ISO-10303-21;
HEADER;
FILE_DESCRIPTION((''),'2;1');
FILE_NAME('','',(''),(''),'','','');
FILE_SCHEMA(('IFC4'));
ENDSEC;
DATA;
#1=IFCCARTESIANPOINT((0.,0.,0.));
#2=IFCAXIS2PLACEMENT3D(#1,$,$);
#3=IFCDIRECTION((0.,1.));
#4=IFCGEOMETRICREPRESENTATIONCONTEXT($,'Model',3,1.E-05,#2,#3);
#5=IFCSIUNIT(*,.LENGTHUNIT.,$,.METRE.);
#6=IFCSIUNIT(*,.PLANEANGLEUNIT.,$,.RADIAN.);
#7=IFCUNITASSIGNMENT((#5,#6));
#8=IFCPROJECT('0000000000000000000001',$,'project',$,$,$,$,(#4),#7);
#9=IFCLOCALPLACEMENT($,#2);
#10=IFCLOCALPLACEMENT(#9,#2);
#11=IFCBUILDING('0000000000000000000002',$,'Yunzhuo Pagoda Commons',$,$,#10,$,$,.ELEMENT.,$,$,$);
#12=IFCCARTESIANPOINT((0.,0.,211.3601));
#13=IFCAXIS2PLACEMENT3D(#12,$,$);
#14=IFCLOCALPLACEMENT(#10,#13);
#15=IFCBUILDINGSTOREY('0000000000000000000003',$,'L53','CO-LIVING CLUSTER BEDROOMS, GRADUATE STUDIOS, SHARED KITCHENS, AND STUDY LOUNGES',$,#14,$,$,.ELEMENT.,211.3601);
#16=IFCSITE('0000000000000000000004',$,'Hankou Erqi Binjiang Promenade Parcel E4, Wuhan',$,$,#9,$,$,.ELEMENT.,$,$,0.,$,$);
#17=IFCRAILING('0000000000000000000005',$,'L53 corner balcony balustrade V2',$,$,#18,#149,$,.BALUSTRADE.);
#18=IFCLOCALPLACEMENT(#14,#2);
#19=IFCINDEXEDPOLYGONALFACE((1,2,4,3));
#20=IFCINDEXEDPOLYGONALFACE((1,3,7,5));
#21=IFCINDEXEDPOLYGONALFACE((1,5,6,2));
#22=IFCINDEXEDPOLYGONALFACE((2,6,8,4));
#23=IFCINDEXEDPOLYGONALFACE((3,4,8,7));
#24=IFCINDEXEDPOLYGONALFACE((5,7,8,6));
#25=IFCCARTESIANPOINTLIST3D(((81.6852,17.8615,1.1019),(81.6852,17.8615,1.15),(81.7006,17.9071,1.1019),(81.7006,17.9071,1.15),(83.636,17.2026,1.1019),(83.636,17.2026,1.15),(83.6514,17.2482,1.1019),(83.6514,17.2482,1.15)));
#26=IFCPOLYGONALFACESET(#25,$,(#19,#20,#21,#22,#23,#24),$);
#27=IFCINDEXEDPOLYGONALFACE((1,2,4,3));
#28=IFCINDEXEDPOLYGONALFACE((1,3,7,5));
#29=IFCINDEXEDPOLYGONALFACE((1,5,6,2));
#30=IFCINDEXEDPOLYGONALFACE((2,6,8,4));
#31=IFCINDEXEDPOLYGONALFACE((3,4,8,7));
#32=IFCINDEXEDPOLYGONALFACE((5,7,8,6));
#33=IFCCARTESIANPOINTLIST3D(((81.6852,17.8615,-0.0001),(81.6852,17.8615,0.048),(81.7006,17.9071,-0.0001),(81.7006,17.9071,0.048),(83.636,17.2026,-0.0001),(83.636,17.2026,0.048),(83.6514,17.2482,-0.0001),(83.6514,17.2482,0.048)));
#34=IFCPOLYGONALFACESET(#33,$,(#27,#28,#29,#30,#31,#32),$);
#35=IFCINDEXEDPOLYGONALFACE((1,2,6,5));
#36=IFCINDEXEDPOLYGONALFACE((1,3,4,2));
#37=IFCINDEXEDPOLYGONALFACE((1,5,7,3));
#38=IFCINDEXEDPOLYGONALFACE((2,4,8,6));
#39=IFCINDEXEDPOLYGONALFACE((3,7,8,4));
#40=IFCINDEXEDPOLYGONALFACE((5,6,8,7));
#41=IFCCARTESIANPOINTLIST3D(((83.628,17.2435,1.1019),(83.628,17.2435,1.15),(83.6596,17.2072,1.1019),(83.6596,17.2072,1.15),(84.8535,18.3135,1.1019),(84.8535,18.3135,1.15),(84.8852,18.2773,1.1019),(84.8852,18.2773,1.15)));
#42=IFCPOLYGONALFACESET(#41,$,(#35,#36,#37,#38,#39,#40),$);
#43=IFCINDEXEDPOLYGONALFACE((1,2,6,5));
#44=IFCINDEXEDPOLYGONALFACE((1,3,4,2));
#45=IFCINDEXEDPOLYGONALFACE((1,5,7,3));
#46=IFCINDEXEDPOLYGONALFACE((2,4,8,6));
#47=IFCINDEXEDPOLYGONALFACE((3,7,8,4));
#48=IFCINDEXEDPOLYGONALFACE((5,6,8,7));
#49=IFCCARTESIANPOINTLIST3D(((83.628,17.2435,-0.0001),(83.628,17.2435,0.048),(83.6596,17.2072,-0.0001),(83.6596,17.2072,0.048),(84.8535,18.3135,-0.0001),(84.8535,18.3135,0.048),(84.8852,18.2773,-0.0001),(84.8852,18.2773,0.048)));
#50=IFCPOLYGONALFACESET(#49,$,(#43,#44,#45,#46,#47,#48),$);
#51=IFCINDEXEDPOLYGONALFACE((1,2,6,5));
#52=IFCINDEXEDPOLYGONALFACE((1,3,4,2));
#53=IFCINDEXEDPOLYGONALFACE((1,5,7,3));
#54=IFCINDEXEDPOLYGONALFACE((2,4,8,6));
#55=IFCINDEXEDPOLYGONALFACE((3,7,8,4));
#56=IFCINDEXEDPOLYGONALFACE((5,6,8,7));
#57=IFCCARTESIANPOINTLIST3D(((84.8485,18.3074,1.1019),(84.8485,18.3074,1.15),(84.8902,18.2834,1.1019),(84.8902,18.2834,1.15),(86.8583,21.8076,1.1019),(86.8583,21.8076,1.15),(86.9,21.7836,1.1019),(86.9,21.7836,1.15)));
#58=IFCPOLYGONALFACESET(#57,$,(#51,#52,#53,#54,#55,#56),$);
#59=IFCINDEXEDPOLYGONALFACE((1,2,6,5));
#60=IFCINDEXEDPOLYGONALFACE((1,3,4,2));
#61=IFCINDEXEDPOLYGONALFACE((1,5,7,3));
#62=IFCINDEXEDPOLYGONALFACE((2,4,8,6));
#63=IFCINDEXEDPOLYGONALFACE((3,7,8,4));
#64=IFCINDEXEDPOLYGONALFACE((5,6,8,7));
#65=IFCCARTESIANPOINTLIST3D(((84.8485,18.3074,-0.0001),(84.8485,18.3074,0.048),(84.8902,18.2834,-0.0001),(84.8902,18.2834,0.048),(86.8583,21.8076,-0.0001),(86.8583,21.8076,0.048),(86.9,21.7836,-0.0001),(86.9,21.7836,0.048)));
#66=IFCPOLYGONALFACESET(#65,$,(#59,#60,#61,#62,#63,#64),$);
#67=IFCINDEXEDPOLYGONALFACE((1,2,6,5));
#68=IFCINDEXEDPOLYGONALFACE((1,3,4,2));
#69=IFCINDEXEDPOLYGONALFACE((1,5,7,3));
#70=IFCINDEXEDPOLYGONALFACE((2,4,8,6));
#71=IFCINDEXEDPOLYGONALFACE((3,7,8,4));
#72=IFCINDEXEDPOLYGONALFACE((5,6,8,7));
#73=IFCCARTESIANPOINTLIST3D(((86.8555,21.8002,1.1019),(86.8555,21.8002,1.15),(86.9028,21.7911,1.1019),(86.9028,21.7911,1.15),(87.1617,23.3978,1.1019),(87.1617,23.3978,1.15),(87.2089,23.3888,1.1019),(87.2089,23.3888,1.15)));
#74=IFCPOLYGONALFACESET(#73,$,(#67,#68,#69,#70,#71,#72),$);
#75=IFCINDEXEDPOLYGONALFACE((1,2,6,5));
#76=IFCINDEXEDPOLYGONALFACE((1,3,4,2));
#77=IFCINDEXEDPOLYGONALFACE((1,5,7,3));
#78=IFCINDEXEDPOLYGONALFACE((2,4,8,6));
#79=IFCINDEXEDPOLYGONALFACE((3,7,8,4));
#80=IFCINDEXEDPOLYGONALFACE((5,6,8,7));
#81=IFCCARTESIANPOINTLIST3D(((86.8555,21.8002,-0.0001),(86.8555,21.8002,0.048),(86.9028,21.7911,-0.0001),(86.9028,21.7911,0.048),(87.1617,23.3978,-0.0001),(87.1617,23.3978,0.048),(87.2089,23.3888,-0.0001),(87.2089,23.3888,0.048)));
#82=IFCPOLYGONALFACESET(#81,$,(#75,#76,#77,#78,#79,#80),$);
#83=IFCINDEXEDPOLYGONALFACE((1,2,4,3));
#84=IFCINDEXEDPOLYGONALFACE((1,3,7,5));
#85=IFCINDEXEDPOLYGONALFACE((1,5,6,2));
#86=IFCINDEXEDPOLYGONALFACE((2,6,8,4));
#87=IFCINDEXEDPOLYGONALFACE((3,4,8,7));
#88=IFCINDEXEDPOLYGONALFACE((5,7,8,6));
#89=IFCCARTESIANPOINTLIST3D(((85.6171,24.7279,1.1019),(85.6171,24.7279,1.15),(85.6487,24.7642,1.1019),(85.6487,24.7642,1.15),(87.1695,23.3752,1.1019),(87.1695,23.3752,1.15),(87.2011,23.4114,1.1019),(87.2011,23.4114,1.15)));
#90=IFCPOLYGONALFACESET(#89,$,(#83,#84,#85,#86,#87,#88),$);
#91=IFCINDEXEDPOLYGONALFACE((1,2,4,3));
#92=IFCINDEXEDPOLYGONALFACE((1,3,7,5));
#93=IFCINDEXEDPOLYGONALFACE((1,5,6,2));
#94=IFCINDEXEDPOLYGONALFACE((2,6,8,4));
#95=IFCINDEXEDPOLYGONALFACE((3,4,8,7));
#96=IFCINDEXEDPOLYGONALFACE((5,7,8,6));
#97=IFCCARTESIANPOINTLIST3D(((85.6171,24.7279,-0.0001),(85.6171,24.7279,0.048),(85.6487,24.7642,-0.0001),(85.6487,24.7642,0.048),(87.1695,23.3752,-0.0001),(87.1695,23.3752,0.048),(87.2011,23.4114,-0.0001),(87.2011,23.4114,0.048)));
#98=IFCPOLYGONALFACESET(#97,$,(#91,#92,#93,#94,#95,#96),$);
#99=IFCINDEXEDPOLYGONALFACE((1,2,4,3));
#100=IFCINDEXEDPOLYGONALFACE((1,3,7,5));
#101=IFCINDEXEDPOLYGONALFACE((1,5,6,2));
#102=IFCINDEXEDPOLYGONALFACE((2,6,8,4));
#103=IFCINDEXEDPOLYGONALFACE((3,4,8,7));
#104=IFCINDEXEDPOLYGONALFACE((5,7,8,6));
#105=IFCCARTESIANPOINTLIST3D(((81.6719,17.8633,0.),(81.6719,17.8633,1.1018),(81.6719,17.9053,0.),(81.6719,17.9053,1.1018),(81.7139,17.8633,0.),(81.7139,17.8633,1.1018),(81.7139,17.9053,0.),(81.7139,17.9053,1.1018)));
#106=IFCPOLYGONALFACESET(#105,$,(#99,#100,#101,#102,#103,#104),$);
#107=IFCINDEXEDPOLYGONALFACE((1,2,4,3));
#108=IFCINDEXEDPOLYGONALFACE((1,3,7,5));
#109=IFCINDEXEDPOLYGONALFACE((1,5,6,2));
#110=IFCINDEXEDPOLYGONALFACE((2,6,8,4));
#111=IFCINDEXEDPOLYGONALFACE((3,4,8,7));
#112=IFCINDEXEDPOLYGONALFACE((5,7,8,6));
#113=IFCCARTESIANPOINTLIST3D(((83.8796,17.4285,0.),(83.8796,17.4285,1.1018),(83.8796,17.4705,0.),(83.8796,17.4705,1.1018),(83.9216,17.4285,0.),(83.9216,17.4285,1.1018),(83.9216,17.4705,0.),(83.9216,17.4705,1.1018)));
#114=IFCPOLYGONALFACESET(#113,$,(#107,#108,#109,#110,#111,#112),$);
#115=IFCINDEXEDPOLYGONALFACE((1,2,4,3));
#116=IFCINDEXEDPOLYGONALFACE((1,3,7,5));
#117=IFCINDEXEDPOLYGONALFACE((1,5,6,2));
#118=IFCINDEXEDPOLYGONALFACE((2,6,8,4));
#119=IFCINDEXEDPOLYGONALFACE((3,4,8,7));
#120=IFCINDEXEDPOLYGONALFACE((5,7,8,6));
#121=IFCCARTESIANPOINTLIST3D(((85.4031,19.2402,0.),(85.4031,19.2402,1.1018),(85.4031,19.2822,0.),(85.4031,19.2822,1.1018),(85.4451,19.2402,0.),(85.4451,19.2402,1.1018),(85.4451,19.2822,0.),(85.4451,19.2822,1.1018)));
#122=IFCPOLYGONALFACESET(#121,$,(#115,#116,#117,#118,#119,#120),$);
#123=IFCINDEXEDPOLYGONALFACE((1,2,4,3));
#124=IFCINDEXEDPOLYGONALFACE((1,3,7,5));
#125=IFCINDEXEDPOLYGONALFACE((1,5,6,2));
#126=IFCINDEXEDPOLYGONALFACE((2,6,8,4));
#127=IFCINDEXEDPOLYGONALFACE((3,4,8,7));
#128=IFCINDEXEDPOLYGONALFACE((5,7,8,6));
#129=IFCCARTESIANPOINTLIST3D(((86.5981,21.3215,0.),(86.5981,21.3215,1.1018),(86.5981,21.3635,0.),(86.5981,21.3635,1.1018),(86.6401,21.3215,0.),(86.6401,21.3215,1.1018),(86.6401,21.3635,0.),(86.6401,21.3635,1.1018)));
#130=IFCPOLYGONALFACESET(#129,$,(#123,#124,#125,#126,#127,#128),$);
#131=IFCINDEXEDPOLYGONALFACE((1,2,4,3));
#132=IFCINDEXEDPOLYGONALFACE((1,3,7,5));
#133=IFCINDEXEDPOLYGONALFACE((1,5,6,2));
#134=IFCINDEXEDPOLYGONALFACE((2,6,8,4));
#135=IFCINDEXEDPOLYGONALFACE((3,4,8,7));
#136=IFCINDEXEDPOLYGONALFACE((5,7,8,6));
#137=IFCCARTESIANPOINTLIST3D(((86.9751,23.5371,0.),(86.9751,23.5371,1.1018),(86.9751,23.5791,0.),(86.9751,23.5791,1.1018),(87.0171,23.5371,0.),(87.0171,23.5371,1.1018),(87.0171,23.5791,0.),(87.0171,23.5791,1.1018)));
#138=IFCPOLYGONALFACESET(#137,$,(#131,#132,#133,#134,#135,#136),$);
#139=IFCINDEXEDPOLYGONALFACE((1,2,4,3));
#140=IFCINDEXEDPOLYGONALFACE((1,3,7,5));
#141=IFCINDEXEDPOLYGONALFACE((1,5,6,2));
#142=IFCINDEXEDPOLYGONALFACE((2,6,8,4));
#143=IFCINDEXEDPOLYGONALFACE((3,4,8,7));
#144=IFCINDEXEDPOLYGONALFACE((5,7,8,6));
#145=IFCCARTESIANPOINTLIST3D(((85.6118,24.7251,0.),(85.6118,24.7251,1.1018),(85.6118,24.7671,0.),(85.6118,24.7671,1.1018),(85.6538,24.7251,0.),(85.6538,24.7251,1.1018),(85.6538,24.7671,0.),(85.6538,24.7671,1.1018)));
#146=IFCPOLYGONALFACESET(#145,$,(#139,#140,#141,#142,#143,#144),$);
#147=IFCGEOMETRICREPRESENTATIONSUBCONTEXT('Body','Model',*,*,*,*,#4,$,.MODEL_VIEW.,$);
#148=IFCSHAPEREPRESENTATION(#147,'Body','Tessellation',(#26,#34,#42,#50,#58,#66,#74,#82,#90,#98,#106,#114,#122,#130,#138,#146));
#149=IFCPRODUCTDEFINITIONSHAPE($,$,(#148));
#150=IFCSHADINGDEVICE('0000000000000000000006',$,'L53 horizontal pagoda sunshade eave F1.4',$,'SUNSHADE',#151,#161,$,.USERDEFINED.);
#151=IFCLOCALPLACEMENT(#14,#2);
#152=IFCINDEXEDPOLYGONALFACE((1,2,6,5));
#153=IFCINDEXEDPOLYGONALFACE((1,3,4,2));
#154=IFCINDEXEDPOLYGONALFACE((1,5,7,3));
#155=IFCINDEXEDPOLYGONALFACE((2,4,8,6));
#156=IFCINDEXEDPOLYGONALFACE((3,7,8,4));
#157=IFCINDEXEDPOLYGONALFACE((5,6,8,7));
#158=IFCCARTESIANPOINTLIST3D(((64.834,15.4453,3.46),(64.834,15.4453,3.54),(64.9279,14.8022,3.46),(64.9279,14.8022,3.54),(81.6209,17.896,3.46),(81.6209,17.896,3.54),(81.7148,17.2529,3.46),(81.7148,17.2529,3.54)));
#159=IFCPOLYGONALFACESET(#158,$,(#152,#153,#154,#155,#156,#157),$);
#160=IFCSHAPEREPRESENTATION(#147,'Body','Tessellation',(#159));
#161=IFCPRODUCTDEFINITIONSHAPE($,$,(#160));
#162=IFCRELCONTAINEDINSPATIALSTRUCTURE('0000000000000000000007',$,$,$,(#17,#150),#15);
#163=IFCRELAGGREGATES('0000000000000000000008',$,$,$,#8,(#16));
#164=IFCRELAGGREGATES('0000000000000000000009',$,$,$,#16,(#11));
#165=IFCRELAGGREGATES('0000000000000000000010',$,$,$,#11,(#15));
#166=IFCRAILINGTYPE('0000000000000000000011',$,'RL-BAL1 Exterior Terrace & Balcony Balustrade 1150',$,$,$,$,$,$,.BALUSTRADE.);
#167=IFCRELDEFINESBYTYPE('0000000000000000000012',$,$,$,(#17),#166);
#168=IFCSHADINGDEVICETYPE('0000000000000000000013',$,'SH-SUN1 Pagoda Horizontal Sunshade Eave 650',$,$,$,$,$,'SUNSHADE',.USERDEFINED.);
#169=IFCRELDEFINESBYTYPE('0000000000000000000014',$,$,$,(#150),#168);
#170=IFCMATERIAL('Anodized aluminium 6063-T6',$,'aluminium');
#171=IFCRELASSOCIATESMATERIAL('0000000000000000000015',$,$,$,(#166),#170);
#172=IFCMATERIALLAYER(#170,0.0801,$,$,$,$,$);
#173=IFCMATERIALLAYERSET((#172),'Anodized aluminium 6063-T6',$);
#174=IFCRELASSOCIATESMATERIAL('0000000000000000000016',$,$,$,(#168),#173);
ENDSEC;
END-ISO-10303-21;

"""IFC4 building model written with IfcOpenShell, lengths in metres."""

from ifc_helpers import new_model, si_unit, direction, frame, origin, origin_2d, place, context, subcontext, project, spatial, rectangle, extrude, source, transform, mapped, material, layer, layer_set, type_object, element, save


model = new_model("IFC4")

# Units and contexts
model_context = context("Model", 3, precision=1e-05, world=origin(), true_north=direction((0.0, 1.0)))
body_context = subcontext(model_context, "Body", "Model", "MODEL_VIEW")
ifc_project = project(units=[si_unit("LENGTHUNIT", "METRE"), si_unit("PLANEANGLEUNIT", "RADIAN")], contexts=[model_context])

# Site, building, storey
site_placement = place(None, origin())
site = spatial("IfcSite", under=ifc_project, at=site_placement, Name="Hankou Erqi Binjiang Promenade Parcel E4, Wuhan", CompositionType="ELEMENT", RefElevation=0.0)
building_placement = place(site_placement, origin())
building = spatial("IfcBuilding", under=site, at=building_placement, Name="Yunzhuo Pagoda Commons", CompositionType="ELEMENT")
storey_placement = place(building_placement, frame((0.0, 0.0, 211.3601)))
storey = spatial("IfcBuildingStorey", under=building, at=storey_placement, Name="L53", Description="CO-LIVING CLUSTER BEDROOMS, GRADUATE STUDIOS, SHARED KITCHENS, AND STUDY LOUNGES", CompositionType="ELEMENT", Elevation=211.3601)

# Shared definitions
ifc_material_1 = material(Name="Anodized aluminium 6063-T6", Category="aluminium")

# Railing
railing_type = type_object("IfcRailingType", Name="RL-BAL1 Exterior Terrace & Balcony Balustrade 1150", PredefinedType="BALUSTRADE", material=ifc_material_1)
railing_placement = place(storey_placement, frame((81.6929, 17.8843, 0.0)))
element("IfcRailing", 1, at=railing_placement, inside=storey, type_object=railing_type, Name="L53 corner balcony balustrade V2", PredefinedType="BALUSTRADE", context=body_context, shape_type="SweptSolid", body=[
    extrude(rectangle(XDim=0.0481, YDim=0.0481, at=origin_2d()), frame((0.0, 0.0, 1.126), z_axis=(0.947419, -0.319996, 0.0), x_axis=(0.319996, 0.947419, 0.0)), (0.0, 0.0, 1.0), 2.0591),
    extrude(rectangle(XDim=0.0481, YDim=0.0481, at=origin_2d()), frame((0.0, 0.0, 0.0239), z_axis=(0.947419, -0.319996, 0.0), x_axis=(0.319996, 0.947419, 0.0)), (0.0, 0.0, 1.0), 2.0591),
    extrude(rectangle(XDim=0.0481, YDim=0.0481, at=origin_2d()), frame((1.9509, -0.6589, 1.126), z_axis=(0.753283, 0.657697, 0.0), x_axis=(-0.657697, 0.753283, 0.0)), (0.0, 0.0, 1.0), 1.627),
    extrude(rectangle(XDim=0.0481, YDim=0.0481, at=origin_2d()), frame((1.9509, -0.6589, 0.0239), z_axis=(0.753283, 0.657697, 0.0), x_axis=(-0.657697, 0.753283, 0.0)), (0.0, 0.0, 1.0), 1.627),
    extrude(rectangle(XDim=0.0481, YDim=0.0481, at=origin_2d()), frame((3.1765, 0.4111, 1.126), z_axis=(0.497936, 0.867214, 0.0), x_axis=(-0.867214, 0.497936, 0.0)), (0.0, 0.0, 1.0), 4.0361),
    extrude(rectangle(XDim=0.0481, YDim=0.0481, at=origin_2d()), frame((3.1765, 0.4111, 0.0239), z_axis=(0.497936, 0.867214, 0.0), x_axis=(-0.867214, 0.497936, 0.0)), (0.0, 0.0, 1.0), 4.0361),
    extrude(rectangle(XDim=0.0481, YDim=0.0481, at=origin_2d()), frame((5.1863, 3.9114, 1.126), z_axis=(0.188202, 0.98213, 0.0), x_axis=(-0.98213, 0.188202, 0.0)), (0.0, 0.0, 1.0), 1.6267),
    extrude(rectangle(XDim=0.0481, YDim=0.0481, at=origin_2d()), frame((5.1863, 3.9114, 0.0239), z_axis=(0.188202, 0.98213, 0.0), x_axis=(-0.98213, 0.188202, 0.0)), (0.0, 0.0, 1.0), 1.6267),
    extrude(rectangle(XDim=0.0481, YDim=0.0481, at=origin_2d()), frame((5.4924, 5.509, 1.126), z_axis=(-0.753934, 0.65695, 0.0), x_axis=(-0.65695, -0.753934, 0.0)), (0.0, 0.0, 1.0), 2.0591),
    extrude(rectangle(XDim=0.0481, YDim=0.0481, at=origin_2d()), frame((5.4924, 5.509, 0.0239), z_axis=(-0.753934, 0.65695, 0.0), x_axis=(-0.65695, -0.753934, 0.0)), (0.0, 0.0, 1.0), 2.0591),
    extrude(rectangle(XDim=0.042, YDim=0.042, at=origin_2d()), origin(), (0.0, 0.0, 1.0), 1.1018),
    extrude(rectangle(XDim=0.042, YDim=0.042, at=origin_2d()), frame((2.2078, -0.4348, 0.0)), (0.0, 0.0, 1.0), 1.1018),
    extrude(rectangle(XDim=0.042, YDim=0.042, at=origin_2d()), frame((3.7312, 1.377, 0.0)), (0.0, 0.0, 1.0), 1.1018),
    extrude(rectangle(XDim=0.042, YDim=0.042, at=origin_2d()), frame((4.9263, 3.4583, 0.0)), (0.0, 0.0, 1.0), 1.1018),
    extrude(rectangle(XDim=0.042, YDim=0.042, at=origin_2d()), frame((5.3032, 5.6738, 0.0)), (0.0, 0.0, 1.0), 1.1018),
    extrude(rectangle(XDim=0.042, YDim=0.042, at=origin_2d()), frame((3.9399, 6.8618, 0.0)), (0.0, 0.0, 1.0), 1.1018),
])

# Shading device
ifc_layer_1 = layer(ifc_material_1, 0.0801)
ifc_layer_set_1 = layer_set([ifc_layer_1], Name="Anodized aluminium 6063-T6")
shading_device_type = type_object("IfcShadingDeviceType", Name="SH-SUN1 Pagoda Horizontal Sunshade Eave 650", ElementType="SUNSHADE", PredefinedType="USERDEFINED", material=ifc_layer_set_1)
shared_shape_1 = source(origin(), body_context, "Body", "SweptSolid", [
    extrude(rectangle(XDim=16.9648, YDim=0.6499, at=origin_2d()), origin(), (0.0, 0.0, 1.0), 0.0801),
])
shading_device_placement = place(storey_placement, frame((73.2744, 16.3491, 3.46), z_axis=(0.0, 0.0, 1.0), x_axis=(0.989511, 0.14446, 0.0)))
element("IfcShadingDevice", 2, at=shading_device_placement, inside=storey, type_object=shading_device_type, Name="L53 horizontal pagoda sunshade eave F1.4", ObjectType="SUNSHADE", PredefinedType="USERDEFINED", context=body_context, shape_type="MappedRepresentation", body=[
    mapped(shared_shape_1, transform((0.0, 0.0, 0.0), scale=1.0)),
])

save(model, "model.ifc")
